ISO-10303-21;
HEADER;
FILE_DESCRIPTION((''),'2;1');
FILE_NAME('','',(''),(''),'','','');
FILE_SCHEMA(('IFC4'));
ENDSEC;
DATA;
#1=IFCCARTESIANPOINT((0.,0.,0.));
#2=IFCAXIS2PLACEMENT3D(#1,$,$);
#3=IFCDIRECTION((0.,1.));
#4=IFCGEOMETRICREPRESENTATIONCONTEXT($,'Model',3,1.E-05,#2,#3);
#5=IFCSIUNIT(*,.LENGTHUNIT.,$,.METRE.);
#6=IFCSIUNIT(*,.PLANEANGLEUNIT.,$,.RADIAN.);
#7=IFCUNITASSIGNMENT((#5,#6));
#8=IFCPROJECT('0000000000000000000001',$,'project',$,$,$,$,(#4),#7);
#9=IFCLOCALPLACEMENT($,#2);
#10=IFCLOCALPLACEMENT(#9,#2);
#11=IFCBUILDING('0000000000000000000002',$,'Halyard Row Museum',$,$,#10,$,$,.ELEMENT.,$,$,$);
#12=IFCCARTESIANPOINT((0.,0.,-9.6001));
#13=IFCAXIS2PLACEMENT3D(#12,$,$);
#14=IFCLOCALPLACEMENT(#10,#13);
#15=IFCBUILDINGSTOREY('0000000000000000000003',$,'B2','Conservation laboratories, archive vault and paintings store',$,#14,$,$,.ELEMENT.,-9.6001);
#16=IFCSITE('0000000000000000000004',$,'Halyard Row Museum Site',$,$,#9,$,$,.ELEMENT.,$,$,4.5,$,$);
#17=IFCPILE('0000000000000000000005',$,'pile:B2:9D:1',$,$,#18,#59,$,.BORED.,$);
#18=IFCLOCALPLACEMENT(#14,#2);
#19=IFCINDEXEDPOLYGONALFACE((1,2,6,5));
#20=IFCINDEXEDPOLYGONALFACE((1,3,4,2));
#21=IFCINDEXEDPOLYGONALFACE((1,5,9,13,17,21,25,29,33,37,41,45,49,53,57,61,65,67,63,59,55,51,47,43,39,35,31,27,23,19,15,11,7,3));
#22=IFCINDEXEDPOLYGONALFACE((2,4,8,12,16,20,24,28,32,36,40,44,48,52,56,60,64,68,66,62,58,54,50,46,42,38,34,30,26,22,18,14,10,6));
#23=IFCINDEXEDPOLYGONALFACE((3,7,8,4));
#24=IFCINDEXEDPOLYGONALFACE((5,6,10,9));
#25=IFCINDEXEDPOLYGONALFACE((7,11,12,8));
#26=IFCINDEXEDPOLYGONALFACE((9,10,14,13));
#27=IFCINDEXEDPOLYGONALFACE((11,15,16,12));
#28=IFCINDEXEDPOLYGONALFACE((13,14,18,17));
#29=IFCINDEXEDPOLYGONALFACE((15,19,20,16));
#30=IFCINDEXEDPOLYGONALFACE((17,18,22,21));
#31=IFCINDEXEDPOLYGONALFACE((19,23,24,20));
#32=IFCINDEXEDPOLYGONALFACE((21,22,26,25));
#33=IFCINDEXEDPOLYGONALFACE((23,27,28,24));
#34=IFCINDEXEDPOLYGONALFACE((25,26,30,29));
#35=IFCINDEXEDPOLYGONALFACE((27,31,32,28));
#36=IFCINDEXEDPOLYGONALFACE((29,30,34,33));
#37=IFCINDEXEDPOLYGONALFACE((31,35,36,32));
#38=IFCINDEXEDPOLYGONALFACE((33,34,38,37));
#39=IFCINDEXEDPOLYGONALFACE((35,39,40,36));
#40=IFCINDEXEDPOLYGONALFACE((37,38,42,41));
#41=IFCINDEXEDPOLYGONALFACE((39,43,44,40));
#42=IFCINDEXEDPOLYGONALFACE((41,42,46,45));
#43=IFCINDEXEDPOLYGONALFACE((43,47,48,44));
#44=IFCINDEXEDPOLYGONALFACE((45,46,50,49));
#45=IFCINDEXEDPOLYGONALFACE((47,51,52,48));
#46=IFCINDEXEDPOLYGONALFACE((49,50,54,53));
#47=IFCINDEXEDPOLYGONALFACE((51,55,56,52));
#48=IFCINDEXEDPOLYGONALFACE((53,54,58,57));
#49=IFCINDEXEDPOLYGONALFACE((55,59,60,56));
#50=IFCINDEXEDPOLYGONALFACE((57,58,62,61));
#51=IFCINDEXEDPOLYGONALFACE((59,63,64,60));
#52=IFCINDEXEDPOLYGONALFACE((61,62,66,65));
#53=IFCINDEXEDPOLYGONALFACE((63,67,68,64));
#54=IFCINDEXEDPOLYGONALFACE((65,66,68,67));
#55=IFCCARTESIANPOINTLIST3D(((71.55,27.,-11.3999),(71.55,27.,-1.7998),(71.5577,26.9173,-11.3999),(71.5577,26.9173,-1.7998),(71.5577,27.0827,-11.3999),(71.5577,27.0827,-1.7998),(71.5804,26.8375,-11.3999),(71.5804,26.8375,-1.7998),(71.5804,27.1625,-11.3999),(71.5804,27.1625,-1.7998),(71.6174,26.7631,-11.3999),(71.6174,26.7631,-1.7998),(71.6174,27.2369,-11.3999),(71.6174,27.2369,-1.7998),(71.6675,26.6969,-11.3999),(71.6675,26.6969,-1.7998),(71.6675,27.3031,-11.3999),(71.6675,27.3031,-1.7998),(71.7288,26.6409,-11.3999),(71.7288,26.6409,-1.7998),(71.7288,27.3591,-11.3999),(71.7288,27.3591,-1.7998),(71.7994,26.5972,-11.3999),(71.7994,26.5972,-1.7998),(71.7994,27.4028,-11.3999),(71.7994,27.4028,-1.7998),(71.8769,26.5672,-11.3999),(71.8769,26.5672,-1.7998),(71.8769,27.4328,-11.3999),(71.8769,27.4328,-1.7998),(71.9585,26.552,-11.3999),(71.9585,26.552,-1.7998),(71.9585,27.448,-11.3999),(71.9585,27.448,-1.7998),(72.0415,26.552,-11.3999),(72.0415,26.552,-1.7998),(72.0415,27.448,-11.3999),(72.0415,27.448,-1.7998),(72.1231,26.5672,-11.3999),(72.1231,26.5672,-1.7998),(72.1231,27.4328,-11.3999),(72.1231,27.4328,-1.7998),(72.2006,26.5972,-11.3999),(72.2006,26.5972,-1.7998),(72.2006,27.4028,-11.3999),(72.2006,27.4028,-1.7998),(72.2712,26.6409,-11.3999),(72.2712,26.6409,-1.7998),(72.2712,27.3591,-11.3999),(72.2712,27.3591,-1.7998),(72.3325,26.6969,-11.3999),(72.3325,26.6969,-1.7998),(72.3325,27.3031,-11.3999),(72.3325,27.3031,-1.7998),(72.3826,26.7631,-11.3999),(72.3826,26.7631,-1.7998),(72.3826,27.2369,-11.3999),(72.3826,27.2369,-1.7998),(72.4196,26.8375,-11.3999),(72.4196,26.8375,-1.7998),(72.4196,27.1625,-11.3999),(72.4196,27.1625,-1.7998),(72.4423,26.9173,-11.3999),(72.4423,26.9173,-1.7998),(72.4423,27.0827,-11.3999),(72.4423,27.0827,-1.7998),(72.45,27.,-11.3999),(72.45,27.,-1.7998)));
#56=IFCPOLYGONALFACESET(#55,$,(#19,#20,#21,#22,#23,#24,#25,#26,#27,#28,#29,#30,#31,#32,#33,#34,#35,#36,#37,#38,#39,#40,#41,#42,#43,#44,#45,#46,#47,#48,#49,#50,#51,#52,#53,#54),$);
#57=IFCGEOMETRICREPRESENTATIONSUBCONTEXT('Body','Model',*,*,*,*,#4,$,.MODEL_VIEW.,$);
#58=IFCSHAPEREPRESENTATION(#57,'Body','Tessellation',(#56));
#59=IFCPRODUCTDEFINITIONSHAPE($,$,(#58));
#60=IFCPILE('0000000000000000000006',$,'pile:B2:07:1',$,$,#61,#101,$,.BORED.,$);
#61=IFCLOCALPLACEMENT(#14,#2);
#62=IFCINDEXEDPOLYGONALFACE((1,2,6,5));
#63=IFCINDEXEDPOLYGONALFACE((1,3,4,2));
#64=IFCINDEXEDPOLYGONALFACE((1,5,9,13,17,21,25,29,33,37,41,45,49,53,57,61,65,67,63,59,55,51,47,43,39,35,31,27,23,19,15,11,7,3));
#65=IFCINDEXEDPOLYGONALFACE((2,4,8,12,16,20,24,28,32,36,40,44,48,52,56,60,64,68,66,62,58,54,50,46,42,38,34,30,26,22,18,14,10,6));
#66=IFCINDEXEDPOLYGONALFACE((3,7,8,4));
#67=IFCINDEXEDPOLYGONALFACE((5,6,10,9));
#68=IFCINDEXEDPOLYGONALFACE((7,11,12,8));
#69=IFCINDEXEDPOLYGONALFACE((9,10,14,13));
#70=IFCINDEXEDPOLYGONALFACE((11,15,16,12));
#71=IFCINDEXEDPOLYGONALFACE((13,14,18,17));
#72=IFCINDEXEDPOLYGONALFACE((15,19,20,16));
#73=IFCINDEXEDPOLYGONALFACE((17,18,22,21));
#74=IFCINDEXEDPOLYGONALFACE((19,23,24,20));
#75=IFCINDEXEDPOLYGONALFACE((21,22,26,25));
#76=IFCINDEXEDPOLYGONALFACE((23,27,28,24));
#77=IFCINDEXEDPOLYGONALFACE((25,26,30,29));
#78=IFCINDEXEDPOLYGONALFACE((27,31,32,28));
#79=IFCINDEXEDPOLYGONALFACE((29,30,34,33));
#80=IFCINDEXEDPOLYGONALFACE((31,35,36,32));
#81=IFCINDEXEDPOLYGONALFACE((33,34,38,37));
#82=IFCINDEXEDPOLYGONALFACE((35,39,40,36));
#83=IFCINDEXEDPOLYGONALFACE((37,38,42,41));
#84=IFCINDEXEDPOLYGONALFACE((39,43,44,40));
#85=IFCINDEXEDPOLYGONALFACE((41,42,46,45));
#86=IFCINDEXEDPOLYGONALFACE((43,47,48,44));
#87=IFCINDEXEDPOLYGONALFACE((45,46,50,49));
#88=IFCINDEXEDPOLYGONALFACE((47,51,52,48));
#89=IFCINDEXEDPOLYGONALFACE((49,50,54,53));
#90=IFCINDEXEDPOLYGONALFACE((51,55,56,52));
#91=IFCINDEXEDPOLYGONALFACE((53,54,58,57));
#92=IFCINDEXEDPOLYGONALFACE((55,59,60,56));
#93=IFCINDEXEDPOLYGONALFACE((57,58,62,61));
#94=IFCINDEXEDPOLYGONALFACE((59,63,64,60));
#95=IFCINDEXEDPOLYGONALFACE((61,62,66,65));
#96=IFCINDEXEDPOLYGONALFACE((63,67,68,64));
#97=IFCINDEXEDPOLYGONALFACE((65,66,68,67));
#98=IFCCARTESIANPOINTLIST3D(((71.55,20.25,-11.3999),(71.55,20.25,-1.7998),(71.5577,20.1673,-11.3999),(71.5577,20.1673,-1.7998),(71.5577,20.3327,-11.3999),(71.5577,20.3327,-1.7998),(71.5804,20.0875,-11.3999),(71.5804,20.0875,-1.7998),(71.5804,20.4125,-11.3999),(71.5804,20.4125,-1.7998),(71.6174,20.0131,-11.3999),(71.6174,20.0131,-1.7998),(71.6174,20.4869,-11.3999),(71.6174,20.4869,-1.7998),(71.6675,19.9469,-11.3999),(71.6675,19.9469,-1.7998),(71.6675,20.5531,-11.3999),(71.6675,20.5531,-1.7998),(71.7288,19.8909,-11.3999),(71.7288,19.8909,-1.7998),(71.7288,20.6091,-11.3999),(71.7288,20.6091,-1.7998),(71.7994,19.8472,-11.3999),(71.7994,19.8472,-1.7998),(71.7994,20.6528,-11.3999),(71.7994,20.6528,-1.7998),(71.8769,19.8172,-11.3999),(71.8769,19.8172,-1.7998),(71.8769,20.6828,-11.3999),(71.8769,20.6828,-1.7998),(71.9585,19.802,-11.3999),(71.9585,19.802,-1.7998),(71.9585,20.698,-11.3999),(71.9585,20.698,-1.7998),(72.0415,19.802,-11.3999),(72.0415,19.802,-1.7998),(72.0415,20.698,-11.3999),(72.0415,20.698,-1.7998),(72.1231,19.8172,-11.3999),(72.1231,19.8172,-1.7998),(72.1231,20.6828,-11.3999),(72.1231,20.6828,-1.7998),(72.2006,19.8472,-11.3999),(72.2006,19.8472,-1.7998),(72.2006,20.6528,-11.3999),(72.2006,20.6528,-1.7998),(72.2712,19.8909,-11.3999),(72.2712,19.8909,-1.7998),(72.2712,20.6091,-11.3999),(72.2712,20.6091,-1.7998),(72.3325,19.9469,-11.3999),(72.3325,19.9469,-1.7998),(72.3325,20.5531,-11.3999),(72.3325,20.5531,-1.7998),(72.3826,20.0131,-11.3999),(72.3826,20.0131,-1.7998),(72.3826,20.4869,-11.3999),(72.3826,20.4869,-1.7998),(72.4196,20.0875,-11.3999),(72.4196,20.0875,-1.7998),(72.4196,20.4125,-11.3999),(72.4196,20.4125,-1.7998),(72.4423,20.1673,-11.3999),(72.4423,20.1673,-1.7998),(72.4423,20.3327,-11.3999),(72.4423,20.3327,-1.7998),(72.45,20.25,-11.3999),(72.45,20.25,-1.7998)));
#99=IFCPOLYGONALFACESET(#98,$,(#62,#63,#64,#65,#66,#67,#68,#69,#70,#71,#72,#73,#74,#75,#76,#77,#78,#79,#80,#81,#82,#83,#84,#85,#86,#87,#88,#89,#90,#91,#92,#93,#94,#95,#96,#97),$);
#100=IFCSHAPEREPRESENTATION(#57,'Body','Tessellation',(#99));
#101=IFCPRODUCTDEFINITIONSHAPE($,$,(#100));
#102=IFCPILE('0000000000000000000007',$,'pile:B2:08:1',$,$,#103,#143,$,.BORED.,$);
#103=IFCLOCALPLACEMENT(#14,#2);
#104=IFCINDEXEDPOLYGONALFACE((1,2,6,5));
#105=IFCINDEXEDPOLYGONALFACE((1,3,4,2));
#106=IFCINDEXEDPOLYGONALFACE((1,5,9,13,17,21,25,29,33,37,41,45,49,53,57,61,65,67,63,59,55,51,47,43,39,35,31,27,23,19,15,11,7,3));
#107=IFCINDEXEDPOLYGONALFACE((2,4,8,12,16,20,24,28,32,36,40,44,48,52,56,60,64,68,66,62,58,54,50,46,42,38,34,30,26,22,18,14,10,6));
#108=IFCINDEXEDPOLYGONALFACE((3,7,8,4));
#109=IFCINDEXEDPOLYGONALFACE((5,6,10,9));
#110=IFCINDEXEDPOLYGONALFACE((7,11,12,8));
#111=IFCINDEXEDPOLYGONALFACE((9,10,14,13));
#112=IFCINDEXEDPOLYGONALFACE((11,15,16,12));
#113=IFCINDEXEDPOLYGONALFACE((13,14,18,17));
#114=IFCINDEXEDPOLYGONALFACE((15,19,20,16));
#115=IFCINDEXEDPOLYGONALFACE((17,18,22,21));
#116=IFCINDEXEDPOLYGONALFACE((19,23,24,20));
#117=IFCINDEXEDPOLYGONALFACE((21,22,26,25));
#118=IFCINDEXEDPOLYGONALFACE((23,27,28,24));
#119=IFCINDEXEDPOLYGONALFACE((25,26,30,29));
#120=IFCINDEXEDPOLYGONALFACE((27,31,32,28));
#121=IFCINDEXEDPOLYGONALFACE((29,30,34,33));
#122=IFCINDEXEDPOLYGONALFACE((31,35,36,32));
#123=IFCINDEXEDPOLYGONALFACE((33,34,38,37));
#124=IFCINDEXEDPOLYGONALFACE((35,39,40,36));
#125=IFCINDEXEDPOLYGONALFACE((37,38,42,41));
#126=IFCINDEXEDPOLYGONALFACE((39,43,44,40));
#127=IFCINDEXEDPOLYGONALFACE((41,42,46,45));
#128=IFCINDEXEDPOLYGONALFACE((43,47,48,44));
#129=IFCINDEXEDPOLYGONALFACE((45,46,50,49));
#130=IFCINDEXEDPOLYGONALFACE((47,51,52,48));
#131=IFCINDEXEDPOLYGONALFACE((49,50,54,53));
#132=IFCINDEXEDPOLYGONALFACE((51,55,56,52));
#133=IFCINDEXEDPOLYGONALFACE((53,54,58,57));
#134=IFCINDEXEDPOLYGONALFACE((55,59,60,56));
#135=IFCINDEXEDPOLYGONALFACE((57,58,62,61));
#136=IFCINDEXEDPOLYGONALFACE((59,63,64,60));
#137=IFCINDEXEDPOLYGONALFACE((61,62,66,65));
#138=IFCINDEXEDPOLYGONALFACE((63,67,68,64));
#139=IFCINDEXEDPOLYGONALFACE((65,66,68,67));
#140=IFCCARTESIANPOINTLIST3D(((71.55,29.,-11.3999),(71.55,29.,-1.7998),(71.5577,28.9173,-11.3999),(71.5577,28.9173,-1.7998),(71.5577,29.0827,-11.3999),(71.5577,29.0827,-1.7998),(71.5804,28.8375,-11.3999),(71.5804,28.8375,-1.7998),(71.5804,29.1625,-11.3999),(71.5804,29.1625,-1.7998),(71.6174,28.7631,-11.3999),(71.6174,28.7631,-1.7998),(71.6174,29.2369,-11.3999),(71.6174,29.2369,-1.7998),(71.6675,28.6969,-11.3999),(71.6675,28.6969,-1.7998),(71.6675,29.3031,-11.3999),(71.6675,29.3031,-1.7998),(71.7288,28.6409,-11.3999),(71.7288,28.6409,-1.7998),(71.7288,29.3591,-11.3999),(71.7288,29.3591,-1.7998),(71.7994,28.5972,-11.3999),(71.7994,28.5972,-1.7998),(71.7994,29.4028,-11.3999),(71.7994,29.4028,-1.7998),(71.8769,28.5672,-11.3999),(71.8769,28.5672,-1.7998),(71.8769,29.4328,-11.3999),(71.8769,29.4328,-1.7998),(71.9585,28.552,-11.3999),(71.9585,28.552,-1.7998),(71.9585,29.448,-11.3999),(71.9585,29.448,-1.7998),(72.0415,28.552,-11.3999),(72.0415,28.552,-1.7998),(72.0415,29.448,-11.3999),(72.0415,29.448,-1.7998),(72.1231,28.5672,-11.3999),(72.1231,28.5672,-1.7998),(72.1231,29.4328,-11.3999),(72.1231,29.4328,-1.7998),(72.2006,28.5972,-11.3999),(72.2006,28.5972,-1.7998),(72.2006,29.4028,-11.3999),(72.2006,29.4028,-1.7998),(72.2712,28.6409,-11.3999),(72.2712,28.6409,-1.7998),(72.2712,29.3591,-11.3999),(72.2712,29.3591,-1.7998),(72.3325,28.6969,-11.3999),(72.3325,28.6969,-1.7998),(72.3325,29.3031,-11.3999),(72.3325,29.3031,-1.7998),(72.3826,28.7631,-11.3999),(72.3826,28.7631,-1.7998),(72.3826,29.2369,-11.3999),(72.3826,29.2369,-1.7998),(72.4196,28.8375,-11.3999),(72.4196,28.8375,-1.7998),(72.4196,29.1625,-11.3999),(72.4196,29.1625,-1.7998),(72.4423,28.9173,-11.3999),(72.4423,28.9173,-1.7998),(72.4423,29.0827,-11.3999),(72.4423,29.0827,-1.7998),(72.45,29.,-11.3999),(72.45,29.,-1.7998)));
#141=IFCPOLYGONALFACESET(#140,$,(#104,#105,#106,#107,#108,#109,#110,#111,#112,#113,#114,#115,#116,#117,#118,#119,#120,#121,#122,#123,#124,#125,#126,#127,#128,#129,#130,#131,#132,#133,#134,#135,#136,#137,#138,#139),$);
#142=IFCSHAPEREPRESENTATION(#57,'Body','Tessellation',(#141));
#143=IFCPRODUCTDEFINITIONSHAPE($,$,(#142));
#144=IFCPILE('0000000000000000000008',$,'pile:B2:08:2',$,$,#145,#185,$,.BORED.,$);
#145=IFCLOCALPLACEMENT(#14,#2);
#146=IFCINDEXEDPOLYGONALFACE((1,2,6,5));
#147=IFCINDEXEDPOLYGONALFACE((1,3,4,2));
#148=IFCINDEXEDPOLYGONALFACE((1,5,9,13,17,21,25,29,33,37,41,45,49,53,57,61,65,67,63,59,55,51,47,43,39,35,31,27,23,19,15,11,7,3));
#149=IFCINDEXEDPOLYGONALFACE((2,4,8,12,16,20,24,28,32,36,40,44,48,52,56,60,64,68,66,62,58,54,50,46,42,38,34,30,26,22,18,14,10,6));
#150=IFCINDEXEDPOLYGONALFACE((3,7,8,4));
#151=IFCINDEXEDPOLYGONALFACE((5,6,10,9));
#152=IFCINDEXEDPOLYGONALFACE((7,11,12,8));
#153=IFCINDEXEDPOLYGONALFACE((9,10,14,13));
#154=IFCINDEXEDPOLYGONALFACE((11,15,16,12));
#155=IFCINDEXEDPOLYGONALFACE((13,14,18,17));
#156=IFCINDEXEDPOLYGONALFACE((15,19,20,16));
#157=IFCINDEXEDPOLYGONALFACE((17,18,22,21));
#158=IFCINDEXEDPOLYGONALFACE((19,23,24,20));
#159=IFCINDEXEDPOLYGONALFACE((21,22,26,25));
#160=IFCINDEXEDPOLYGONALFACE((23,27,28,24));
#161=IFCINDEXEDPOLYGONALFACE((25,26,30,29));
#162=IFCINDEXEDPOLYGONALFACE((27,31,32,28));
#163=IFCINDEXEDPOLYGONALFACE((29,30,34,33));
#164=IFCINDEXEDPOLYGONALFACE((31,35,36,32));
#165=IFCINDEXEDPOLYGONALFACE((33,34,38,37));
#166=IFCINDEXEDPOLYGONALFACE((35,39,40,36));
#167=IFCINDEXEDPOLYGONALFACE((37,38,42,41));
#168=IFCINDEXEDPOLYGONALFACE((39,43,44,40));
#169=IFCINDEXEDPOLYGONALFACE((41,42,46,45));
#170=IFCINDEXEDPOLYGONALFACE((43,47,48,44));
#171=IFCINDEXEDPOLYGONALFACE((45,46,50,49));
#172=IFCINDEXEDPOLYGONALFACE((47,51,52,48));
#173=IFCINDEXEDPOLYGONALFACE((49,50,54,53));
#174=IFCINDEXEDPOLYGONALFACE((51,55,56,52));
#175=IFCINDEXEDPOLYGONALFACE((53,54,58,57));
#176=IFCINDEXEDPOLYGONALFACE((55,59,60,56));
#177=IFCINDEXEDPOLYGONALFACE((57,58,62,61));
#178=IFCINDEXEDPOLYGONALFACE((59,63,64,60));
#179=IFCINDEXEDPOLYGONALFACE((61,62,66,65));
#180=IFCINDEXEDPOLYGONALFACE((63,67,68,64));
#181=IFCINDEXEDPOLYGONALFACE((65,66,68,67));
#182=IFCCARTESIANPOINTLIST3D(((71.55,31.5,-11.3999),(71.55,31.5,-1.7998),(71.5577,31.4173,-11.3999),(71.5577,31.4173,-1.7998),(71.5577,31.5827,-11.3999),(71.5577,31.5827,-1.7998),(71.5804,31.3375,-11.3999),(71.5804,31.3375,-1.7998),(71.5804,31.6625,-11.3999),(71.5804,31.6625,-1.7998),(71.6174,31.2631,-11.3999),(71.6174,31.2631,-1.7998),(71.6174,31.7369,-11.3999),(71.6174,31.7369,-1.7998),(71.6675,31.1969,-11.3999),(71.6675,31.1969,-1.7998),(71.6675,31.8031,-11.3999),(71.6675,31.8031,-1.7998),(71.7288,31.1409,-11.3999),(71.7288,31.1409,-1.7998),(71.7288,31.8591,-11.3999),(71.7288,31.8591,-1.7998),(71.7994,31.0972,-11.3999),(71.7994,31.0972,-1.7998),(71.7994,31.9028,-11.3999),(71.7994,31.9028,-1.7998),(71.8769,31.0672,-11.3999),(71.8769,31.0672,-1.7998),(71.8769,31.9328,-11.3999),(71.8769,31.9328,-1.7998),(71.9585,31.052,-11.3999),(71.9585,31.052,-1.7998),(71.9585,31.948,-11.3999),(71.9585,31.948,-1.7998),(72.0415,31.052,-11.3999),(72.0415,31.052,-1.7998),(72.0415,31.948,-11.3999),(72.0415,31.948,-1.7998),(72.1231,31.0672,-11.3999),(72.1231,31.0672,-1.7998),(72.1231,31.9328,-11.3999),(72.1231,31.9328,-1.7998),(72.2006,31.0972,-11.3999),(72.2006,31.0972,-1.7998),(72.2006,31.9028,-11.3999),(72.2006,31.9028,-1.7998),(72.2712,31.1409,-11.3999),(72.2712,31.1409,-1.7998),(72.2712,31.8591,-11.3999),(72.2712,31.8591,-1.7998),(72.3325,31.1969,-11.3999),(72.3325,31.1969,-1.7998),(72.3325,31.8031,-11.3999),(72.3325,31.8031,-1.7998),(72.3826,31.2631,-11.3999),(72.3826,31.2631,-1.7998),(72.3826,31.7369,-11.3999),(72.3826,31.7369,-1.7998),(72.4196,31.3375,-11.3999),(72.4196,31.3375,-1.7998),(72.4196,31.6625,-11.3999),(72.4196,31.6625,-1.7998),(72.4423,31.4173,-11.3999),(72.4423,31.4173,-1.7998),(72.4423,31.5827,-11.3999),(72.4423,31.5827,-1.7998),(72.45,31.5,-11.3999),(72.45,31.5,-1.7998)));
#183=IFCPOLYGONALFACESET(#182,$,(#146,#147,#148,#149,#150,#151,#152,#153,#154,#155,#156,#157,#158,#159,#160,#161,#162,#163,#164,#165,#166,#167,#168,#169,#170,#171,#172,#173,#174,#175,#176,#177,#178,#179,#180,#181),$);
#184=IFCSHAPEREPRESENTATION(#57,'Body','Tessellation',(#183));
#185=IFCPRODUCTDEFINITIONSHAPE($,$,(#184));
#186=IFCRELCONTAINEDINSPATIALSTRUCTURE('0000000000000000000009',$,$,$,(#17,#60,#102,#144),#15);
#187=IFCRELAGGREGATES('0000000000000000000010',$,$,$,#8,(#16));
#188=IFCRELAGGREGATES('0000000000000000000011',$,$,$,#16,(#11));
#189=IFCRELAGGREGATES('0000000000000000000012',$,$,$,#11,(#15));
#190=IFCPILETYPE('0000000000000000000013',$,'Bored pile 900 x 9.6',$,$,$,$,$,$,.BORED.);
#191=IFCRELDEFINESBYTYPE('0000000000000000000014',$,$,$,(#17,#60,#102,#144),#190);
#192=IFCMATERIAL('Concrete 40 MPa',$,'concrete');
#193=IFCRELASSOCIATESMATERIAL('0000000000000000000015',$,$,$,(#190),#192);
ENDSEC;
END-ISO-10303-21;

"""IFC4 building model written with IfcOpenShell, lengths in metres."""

from ifc_helpers import new_model, si_unit, direction, frame, origin, origin_2d, place, context, subcontext, project, spatial, circle, extrude, material, material_profile, profile_set, type_object, element, save


model = new_model("IFC4")

# Units and contexts
model_context = context("Model", 3, precision=1e-05, world=origin(), true_north=direction((0.0, 1.0)))
body_context = subcontext(model_context, "Body", "Model", "MODEL_VIEW")
ifc_project = project(units=[si_unit("LENGTHUNIT", "METRE"), si_unit("PLANEANGLEUNIT", "RADIAN")], contexts=[model_context])

# Site, building, storey
site_placement = place(None, origin())
site = spatial("IfcSite", under=ifc_project, at=site_placement, Name="Halyard Row Museum Site", CompositionType="ELEMENT", RefElevation=4.5)
building_placement = place(site_placement, origin())
building = spatial("IfcBuilding", under=site, at=building_placement, Name="Halyard Row Museum", CompositionType="ELEMENT")
storey_placement = place(building_placement, frame((0.0, 0.0, -9.6001)))
storey = spatial("IfcBuildingStorey", under=building, at=storey_placement, Name="B2", Description="Conservation laboratories, archive vault and paintings store", CompositionType="ELEMENT", Elevation=-9.6001)

# Piles
ifc_material_1 = material(Name="Concrete 40 MPa", Category="concrete")
ifc_material_profile_1 = material_profile(ifc_material_1, circle(Radius=0.45, at=origin_2d()), Name="Bored pile 900 x 9.6")
ifc_profile_set_1 = profile_set([ifc_material_profile_1], Name="Concrete 40 MPa")
pile_type_1 = type_object("IfcPileType", Name="Bored pile 900 x 9.6", PredefinedType="BORED", material=ifc_profile_set_1)
for number, where, z_axis, x_axis, name in (
    (1, (72.0, 27.0, -1.7998), (0.0, 0.0, -1.0), (1.0, 0.0, 0.0), "pile:B2:9D:1"),
    (2, (72.0, 20.25, -1.7998), (0.0, 0.0, -1.0), (1.0, 0.0, 0.0), "pile:B2:07:1"),
    (3, (72.0, 29.0, -1.7998), (0.0, 0.0, -1.0), (1.0, 0.0, 0.0), "pile:B2:08:1"),
    (4, (72.0, 31.5, -1.7998), (0.0, 0.0, -1.0), (1.0, 0.0, 0.0), "pile:B2:08:2"),
):
    element("IfcPile", number, at=place(storey_placement, frame(where, z_axis=z_axis, x_axis=x_axis)), inside=storey, type_object=pile_type_1, Name=name, PredefinedType="BORED", context=body_context, shape_type="SweptSolid", body=[
        extrude(circle(Radius=0.45, at=origin_2d()), origin(), (0.0, 0.0, 1.0), 9.6001),
    ])

save(model, "model.ifc")
